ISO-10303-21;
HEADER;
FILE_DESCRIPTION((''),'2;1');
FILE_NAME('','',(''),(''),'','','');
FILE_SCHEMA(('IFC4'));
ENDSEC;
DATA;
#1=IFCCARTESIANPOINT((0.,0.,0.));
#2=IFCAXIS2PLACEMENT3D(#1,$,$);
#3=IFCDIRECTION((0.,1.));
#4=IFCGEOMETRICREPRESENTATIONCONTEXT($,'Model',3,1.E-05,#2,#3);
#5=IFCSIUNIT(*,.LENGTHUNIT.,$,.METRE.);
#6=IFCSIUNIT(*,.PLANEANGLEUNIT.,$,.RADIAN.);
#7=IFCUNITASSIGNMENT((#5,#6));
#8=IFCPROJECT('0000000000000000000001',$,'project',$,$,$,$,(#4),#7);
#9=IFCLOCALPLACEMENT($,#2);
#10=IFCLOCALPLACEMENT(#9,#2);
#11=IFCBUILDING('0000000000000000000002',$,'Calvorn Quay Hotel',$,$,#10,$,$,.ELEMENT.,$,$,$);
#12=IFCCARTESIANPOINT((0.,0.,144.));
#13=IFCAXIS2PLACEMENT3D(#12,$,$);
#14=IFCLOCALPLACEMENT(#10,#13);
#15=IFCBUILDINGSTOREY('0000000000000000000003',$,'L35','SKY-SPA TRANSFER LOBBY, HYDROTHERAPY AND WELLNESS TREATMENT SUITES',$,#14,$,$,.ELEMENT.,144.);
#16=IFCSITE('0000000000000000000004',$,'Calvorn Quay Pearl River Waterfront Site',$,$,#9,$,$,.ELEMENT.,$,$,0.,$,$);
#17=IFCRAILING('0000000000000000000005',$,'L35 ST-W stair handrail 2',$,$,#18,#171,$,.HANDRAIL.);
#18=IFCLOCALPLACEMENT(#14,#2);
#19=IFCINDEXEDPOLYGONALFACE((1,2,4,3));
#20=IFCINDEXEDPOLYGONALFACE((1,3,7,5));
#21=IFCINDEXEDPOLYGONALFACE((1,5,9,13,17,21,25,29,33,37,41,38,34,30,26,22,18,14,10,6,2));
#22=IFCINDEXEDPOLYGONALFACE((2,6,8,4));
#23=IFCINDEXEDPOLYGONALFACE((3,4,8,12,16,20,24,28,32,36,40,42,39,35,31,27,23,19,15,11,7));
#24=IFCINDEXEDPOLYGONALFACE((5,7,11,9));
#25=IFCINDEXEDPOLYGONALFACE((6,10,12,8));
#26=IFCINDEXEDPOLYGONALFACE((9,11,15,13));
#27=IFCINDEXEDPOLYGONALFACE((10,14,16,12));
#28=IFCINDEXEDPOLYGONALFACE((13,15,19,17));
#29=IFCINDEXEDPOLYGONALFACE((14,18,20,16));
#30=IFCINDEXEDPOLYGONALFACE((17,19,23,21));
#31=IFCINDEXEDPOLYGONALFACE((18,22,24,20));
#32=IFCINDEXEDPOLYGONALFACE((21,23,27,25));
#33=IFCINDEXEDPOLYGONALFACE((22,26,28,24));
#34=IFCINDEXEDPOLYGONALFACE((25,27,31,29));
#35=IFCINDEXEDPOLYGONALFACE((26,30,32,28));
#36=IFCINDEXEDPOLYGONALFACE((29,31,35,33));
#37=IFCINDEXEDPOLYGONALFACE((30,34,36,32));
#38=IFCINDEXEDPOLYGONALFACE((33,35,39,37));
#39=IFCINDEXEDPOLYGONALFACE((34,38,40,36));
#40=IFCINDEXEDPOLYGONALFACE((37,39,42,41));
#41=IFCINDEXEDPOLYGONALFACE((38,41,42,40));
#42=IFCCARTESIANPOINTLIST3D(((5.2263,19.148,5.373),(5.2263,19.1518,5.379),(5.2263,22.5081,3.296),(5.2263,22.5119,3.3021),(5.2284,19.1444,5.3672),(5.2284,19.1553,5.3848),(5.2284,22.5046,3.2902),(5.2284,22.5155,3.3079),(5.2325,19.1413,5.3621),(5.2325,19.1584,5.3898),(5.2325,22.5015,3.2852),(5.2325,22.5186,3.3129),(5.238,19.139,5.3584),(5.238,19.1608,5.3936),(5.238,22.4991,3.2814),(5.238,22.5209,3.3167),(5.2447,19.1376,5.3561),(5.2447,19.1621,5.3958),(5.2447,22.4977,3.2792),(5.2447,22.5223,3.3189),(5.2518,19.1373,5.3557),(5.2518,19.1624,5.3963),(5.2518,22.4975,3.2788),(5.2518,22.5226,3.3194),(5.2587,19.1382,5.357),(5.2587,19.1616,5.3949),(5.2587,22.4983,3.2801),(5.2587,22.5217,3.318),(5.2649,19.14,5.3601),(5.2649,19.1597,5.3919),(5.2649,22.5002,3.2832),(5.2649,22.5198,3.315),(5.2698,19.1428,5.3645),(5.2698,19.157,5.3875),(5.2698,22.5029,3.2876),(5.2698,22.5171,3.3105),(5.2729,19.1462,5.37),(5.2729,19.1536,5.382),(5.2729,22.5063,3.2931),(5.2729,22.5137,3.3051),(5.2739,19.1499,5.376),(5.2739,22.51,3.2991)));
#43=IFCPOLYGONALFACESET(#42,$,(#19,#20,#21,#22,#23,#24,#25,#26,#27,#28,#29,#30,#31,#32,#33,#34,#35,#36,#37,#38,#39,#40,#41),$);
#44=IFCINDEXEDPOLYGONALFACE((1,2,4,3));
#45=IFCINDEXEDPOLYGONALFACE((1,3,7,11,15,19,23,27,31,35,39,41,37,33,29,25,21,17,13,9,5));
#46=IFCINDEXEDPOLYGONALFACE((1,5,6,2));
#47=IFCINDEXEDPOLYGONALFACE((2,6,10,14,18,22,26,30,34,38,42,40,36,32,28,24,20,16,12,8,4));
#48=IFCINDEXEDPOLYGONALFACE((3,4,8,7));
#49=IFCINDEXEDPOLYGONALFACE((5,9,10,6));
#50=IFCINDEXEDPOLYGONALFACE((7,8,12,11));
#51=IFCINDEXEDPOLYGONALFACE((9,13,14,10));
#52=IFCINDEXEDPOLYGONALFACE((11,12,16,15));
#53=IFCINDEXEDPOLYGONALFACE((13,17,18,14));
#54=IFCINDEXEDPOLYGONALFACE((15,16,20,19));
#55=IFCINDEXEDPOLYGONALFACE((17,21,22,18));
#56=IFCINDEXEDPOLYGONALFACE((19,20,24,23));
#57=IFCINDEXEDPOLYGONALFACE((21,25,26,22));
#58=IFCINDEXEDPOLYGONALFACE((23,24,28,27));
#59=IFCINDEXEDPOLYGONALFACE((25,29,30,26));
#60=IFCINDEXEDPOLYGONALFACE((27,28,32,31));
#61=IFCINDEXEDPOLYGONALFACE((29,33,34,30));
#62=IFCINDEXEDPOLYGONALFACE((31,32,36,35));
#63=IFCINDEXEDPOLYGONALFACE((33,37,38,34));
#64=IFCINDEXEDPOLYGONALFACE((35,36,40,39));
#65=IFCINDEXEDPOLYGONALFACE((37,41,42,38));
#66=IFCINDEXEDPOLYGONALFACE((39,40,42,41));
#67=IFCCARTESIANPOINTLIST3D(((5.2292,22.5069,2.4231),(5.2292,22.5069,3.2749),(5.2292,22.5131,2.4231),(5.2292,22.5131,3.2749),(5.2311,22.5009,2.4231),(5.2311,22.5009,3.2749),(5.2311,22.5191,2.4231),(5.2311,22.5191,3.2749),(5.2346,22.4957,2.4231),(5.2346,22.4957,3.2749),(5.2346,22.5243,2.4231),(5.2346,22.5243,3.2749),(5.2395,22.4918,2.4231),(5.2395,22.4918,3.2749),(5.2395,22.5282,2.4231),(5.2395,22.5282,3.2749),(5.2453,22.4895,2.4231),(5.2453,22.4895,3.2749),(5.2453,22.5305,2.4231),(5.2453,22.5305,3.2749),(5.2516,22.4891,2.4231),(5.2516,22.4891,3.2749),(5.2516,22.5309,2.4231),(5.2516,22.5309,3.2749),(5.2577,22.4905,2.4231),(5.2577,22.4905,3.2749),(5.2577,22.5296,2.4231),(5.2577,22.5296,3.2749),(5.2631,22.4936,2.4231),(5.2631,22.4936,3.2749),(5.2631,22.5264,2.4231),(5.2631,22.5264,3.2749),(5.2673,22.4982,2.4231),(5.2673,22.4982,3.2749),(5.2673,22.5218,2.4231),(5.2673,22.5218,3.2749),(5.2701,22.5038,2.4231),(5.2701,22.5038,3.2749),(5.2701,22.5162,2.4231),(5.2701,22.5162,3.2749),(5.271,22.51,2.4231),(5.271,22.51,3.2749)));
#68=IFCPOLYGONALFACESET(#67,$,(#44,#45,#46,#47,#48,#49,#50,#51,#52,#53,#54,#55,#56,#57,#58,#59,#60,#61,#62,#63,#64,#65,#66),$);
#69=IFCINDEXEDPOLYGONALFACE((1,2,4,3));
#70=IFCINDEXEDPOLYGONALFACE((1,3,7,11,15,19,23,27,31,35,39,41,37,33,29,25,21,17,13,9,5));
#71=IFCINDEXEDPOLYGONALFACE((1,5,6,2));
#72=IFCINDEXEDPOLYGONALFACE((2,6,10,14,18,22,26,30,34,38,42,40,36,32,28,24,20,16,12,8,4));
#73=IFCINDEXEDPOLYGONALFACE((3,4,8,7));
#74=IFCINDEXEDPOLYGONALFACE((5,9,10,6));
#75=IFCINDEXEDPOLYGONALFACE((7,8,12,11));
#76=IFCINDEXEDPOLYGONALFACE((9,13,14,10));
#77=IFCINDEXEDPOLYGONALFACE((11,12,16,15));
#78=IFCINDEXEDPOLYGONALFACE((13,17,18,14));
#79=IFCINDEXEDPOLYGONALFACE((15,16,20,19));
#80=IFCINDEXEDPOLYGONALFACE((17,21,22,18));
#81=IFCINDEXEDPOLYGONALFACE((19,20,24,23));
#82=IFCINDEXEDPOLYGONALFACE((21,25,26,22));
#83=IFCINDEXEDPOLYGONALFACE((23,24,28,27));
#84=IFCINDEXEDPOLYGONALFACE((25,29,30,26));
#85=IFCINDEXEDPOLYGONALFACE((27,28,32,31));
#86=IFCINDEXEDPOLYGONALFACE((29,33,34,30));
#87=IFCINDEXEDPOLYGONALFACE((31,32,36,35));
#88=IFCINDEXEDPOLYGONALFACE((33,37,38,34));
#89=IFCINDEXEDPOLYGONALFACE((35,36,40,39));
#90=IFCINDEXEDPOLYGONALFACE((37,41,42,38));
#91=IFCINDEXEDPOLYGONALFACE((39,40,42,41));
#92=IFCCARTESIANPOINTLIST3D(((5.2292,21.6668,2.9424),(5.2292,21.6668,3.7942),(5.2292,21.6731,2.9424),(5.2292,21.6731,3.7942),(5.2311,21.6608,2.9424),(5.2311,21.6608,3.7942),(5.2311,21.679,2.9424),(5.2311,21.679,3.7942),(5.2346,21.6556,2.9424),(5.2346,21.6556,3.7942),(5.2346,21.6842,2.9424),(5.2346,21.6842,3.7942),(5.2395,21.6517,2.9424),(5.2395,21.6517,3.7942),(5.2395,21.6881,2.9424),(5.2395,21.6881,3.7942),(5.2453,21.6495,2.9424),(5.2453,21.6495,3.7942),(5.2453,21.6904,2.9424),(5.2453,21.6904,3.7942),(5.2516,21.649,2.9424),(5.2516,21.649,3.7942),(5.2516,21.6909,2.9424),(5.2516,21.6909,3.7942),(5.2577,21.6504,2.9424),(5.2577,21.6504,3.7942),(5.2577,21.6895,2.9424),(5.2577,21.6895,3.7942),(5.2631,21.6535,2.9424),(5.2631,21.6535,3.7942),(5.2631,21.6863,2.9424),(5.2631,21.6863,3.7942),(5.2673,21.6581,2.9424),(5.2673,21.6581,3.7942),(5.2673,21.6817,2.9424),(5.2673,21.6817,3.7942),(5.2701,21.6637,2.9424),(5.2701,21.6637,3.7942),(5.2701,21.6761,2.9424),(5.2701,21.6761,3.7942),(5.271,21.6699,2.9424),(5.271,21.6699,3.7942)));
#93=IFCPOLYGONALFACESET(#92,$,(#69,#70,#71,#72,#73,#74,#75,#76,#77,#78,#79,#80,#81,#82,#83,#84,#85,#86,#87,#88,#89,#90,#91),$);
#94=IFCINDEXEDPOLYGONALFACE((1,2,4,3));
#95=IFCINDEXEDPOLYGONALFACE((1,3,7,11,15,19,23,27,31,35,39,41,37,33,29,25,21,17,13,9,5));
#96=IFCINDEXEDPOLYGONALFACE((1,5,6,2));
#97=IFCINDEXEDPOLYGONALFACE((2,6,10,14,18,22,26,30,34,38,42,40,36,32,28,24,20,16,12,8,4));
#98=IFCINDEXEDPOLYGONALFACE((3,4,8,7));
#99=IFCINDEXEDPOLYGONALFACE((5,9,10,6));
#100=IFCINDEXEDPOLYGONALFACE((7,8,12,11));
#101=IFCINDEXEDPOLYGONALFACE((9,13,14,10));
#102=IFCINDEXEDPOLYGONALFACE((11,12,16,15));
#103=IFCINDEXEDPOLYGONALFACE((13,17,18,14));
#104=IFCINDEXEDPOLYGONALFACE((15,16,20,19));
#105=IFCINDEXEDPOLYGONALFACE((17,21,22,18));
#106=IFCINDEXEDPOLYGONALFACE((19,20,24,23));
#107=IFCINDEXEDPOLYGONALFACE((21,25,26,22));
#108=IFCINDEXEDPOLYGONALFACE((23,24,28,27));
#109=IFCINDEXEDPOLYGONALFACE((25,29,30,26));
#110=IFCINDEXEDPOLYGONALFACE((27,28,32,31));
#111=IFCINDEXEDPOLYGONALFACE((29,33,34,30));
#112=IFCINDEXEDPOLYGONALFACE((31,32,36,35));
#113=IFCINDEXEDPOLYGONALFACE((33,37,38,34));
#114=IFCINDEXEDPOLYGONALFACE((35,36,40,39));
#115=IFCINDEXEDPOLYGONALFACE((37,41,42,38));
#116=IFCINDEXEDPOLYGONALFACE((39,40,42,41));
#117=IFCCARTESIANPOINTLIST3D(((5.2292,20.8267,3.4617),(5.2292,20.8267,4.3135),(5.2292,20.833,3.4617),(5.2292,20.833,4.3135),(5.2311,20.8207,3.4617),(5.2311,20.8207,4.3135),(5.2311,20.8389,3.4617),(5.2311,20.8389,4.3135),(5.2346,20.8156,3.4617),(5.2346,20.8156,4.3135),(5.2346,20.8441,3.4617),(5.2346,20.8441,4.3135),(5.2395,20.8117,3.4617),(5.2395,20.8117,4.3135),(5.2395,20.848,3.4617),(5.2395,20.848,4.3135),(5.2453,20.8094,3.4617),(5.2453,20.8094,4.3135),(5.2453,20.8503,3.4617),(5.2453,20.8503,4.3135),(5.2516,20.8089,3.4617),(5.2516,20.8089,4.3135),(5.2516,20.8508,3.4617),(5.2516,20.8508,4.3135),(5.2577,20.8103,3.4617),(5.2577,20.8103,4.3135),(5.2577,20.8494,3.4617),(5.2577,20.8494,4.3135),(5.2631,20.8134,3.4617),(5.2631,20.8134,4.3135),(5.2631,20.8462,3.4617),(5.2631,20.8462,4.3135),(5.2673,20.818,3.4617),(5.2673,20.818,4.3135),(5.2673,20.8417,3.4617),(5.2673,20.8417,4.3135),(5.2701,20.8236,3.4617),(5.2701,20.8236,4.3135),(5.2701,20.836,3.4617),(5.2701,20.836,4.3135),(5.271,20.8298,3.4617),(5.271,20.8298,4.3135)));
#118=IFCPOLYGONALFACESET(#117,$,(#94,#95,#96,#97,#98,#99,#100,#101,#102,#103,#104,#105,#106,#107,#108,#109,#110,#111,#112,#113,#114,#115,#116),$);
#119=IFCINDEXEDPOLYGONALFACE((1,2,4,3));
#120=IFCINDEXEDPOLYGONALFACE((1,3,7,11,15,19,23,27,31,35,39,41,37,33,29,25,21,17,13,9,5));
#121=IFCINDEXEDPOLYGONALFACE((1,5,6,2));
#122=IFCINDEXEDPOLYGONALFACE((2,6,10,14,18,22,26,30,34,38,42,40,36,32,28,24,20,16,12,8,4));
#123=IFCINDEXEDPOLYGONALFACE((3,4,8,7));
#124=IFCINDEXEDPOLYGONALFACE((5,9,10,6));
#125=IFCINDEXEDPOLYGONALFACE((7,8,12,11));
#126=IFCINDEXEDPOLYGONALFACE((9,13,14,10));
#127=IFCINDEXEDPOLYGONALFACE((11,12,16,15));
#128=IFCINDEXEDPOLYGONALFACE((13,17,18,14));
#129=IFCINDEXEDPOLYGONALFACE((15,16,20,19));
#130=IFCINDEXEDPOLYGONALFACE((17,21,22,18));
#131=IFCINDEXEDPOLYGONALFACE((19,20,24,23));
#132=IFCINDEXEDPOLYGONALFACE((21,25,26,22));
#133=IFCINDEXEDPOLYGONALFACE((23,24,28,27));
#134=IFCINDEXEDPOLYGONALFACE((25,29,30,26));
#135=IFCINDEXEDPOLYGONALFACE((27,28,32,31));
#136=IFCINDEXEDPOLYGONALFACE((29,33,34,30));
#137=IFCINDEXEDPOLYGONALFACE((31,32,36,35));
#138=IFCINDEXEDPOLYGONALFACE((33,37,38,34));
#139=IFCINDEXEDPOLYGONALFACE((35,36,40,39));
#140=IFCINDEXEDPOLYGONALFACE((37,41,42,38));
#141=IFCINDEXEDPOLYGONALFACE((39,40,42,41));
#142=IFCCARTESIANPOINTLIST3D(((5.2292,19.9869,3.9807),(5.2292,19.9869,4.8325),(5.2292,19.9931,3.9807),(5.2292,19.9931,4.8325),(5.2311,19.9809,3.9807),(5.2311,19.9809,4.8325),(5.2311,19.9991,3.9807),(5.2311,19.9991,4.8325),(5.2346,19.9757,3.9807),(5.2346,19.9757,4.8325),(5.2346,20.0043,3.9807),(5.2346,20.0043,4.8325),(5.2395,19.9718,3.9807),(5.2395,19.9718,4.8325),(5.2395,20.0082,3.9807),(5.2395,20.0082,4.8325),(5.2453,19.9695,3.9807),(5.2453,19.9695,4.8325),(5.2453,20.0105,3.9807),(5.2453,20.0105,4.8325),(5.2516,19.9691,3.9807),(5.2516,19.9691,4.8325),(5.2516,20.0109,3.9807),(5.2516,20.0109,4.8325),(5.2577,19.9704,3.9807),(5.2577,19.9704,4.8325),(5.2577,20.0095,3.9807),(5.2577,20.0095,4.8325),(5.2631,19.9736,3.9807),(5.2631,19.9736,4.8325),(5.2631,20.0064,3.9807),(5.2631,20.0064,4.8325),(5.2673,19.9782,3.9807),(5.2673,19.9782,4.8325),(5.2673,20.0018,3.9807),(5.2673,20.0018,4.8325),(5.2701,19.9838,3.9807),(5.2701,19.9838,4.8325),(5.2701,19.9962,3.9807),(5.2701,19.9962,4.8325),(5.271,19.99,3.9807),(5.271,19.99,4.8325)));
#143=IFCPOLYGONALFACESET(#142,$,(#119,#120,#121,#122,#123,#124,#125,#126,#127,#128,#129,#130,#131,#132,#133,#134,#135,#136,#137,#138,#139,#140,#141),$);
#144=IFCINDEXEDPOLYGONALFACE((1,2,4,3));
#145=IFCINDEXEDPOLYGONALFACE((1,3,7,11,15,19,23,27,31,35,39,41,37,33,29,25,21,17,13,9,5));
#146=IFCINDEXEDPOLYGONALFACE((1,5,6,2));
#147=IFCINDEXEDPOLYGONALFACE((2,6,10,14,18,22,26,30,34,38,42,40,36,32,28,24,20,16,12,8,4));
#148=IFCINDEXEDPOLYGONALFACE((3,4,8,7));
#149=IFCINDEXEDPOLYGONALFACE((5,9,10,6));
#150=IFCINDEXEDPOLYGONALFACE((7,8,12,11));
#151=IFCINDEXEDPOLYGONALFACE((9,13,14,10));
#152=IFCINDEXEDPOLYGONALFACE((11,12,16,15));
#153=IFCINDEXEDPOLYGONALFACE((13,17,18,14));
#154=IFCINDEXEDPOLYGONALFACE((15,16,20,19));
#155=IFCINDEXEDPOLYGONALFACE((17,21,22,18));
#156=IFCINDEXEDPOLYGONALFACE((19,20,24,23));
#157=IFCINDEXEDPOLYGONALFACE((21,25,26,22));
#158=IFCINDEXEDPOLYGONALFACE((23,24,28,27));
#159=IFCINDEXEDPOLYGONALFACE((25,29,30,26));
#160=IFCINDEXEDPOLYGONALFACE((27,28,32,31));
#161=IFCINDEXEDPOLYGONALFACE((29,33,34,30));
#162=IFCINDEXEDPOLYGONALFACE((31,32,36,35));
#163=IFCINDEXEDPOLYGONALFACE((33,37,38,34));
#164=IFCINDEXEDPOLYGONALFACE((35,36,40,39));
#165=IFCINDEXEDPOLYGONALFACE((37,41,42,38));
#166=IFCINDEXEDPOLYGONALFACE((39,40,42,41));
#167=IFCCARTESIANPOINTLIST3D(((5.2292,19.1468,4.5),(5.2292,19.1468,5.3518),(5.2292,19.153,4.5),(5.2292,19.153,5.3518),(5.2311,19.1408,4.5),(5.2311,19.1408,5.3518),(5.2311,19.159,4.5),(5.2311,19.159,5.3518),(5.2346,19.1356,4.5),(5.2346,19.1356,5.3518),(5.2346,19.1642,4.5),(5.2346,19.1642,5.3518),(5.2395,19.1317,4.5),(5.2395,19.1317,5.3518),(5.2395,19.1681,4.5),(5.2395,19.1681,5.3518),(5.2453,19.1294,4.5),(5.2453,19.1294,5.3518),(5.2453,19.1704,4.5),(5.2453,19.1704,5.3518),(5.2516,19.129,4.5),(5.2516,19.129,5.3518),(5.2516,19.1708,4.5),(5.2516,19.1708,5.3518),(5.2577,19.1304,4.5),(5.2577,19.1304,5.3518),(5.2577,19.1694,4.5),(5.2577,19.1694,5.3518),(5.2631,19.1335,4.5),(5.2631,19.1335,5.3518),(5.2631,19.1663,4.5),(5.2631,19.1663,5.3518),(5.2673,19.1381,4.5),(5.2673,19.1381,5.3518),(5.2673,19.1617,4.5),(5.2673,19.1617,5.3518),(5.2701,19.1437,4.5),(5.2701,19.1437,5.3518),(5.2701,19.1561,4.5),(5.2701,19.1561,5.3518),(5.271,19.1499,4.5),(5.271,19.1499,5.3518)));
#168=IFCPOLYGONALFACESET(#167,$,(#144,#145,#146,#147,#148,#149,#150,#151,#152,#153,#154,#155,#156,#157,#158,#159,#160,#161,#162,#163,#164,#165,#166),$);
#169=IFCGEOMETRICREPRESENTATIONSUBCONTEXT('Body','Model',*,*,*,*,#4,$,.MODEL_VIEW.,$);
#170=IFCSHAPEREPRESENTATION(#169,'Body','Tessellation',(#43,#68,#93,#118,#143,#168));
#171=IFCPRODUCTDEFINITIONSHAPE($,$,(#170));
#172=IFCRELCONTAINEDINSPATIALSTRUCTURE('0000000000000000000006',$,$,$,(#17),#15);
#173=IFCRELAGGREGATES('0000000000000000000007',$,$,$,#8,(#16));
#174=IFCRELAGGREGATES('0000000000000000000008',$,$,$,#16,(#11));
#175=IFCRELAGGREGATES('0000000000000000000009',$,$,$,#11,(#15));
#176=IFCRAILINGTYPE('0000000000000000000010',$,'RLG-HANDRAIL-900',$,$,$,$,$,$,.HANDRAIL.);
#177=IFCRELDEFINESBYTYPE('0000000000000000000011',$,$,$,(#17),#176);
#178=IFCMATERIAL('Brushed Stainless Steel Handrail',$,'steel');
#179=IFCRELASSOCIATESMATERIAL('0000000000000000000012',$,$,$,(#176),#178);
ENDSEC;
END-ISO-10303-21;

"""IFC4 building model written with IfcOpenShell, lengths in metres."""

from ifc_helpers import new_model, si_unit, direction, frame, origin, origin_2d, place, context, subcontext, project, spatial, circle, extrude, material, type_object, element, save


model = new_model("IFC4")

# Units and contexts
model_context = context("Model", 3, precision=1e-05, world=origin(), true_north=direction((0.0, 1.0)))
body_context = subcontext(model_context, "Body", "Model", "MODEL_VIEW")
ifc_project = project(units=[si_unit("LENGTHUNIT", "METRE"), si_unit("PLANEANGLEUNIT", "RADIAN")], contexts=[model_context])

# Site, building, storey
site_placement = place(None, origin())
site = spatial("IfcSite", under=ifc_project, at=site_placement, Name="Calvorn Quay Pearl River Waterfront Site", CompositionType="ELEMENT", RefElevation=0.0)
building_placement = place(site_placement, origin())
building = spatial("IfcBuilding", under=site, at=building_placement, Name="Calvorn Quay Hotel", CompositionType="ELEMENT")
storey_placement = place(building_placement, frame((0.0, 0.0, 144.0)))
storey = spatial("IfcBuildingStorey", under=building, at=storey_placement, Name="L35", Description="SKY-SPA TRANSFER LOBBY, HYDROTHERAPY AND WELLNESS TREATMENT SUITES", CompositionType="ELEMENT", Elevation=144.0)

# Railing
ifc_material_1 = material(Name="Brushed Stainless Steel Handrail", Category="steel")
railing_type_1 = type_object("IfcRailingType", Name="RLG-HANDRAIL-900", PredefinedType="HANDRAIL", material=ifc_material_1)
railing_1_placement = place(storey_placement, frame((5.25, 22.51, 2.4231)))
element("IfcRailing", 1, at=railing_1_placement, inside=storey, type_object=railing_type_1, Name="L35 ST-W stair handrail 2", PredefinedType="HANDRAIL", context=body_context, shape_type="SweptSolid", body=[
    extrude(circle(Radius=0.0239, at=origin_2d()), frame((0.0, 0.0, 0.876), z_axis=(0.0, -0.850623, 0.525776), x_axis=(1.0, 0.0, 0.0)), (0.0, 0.0, 1.0), 3.9502),
    extrude(circle(Radius=0.021, at=origin_2d()), origin(), (0.0, 0.0, 1.0), 0.8518),
    extrude(circle(Radius=0.021, at=origin_2d()), frame((0.0, -0.8401, 0.5193)), (0.0, 0.0, 1.0), 0.8518),
    extrude(circle(Radius=0.021, at=origin_2d()), frame((0.0, -1.6802, 1.0386)), (0.0, 0.0, 1.0), 0.8518),
    extrude(circle(Radius=0.021, at=origin_2d()), frame((0.0, -2.52, 1.5576)), (0.0, 0.0, 1.0), 0.8518),
    extrude(circle(Radius=0.021, at=origin_2d()), frame((0.0, -3.3601, 2.0769)), (0.0, 0.0, 1.0), 0.8518),
])

save(model, "model.ifc")
